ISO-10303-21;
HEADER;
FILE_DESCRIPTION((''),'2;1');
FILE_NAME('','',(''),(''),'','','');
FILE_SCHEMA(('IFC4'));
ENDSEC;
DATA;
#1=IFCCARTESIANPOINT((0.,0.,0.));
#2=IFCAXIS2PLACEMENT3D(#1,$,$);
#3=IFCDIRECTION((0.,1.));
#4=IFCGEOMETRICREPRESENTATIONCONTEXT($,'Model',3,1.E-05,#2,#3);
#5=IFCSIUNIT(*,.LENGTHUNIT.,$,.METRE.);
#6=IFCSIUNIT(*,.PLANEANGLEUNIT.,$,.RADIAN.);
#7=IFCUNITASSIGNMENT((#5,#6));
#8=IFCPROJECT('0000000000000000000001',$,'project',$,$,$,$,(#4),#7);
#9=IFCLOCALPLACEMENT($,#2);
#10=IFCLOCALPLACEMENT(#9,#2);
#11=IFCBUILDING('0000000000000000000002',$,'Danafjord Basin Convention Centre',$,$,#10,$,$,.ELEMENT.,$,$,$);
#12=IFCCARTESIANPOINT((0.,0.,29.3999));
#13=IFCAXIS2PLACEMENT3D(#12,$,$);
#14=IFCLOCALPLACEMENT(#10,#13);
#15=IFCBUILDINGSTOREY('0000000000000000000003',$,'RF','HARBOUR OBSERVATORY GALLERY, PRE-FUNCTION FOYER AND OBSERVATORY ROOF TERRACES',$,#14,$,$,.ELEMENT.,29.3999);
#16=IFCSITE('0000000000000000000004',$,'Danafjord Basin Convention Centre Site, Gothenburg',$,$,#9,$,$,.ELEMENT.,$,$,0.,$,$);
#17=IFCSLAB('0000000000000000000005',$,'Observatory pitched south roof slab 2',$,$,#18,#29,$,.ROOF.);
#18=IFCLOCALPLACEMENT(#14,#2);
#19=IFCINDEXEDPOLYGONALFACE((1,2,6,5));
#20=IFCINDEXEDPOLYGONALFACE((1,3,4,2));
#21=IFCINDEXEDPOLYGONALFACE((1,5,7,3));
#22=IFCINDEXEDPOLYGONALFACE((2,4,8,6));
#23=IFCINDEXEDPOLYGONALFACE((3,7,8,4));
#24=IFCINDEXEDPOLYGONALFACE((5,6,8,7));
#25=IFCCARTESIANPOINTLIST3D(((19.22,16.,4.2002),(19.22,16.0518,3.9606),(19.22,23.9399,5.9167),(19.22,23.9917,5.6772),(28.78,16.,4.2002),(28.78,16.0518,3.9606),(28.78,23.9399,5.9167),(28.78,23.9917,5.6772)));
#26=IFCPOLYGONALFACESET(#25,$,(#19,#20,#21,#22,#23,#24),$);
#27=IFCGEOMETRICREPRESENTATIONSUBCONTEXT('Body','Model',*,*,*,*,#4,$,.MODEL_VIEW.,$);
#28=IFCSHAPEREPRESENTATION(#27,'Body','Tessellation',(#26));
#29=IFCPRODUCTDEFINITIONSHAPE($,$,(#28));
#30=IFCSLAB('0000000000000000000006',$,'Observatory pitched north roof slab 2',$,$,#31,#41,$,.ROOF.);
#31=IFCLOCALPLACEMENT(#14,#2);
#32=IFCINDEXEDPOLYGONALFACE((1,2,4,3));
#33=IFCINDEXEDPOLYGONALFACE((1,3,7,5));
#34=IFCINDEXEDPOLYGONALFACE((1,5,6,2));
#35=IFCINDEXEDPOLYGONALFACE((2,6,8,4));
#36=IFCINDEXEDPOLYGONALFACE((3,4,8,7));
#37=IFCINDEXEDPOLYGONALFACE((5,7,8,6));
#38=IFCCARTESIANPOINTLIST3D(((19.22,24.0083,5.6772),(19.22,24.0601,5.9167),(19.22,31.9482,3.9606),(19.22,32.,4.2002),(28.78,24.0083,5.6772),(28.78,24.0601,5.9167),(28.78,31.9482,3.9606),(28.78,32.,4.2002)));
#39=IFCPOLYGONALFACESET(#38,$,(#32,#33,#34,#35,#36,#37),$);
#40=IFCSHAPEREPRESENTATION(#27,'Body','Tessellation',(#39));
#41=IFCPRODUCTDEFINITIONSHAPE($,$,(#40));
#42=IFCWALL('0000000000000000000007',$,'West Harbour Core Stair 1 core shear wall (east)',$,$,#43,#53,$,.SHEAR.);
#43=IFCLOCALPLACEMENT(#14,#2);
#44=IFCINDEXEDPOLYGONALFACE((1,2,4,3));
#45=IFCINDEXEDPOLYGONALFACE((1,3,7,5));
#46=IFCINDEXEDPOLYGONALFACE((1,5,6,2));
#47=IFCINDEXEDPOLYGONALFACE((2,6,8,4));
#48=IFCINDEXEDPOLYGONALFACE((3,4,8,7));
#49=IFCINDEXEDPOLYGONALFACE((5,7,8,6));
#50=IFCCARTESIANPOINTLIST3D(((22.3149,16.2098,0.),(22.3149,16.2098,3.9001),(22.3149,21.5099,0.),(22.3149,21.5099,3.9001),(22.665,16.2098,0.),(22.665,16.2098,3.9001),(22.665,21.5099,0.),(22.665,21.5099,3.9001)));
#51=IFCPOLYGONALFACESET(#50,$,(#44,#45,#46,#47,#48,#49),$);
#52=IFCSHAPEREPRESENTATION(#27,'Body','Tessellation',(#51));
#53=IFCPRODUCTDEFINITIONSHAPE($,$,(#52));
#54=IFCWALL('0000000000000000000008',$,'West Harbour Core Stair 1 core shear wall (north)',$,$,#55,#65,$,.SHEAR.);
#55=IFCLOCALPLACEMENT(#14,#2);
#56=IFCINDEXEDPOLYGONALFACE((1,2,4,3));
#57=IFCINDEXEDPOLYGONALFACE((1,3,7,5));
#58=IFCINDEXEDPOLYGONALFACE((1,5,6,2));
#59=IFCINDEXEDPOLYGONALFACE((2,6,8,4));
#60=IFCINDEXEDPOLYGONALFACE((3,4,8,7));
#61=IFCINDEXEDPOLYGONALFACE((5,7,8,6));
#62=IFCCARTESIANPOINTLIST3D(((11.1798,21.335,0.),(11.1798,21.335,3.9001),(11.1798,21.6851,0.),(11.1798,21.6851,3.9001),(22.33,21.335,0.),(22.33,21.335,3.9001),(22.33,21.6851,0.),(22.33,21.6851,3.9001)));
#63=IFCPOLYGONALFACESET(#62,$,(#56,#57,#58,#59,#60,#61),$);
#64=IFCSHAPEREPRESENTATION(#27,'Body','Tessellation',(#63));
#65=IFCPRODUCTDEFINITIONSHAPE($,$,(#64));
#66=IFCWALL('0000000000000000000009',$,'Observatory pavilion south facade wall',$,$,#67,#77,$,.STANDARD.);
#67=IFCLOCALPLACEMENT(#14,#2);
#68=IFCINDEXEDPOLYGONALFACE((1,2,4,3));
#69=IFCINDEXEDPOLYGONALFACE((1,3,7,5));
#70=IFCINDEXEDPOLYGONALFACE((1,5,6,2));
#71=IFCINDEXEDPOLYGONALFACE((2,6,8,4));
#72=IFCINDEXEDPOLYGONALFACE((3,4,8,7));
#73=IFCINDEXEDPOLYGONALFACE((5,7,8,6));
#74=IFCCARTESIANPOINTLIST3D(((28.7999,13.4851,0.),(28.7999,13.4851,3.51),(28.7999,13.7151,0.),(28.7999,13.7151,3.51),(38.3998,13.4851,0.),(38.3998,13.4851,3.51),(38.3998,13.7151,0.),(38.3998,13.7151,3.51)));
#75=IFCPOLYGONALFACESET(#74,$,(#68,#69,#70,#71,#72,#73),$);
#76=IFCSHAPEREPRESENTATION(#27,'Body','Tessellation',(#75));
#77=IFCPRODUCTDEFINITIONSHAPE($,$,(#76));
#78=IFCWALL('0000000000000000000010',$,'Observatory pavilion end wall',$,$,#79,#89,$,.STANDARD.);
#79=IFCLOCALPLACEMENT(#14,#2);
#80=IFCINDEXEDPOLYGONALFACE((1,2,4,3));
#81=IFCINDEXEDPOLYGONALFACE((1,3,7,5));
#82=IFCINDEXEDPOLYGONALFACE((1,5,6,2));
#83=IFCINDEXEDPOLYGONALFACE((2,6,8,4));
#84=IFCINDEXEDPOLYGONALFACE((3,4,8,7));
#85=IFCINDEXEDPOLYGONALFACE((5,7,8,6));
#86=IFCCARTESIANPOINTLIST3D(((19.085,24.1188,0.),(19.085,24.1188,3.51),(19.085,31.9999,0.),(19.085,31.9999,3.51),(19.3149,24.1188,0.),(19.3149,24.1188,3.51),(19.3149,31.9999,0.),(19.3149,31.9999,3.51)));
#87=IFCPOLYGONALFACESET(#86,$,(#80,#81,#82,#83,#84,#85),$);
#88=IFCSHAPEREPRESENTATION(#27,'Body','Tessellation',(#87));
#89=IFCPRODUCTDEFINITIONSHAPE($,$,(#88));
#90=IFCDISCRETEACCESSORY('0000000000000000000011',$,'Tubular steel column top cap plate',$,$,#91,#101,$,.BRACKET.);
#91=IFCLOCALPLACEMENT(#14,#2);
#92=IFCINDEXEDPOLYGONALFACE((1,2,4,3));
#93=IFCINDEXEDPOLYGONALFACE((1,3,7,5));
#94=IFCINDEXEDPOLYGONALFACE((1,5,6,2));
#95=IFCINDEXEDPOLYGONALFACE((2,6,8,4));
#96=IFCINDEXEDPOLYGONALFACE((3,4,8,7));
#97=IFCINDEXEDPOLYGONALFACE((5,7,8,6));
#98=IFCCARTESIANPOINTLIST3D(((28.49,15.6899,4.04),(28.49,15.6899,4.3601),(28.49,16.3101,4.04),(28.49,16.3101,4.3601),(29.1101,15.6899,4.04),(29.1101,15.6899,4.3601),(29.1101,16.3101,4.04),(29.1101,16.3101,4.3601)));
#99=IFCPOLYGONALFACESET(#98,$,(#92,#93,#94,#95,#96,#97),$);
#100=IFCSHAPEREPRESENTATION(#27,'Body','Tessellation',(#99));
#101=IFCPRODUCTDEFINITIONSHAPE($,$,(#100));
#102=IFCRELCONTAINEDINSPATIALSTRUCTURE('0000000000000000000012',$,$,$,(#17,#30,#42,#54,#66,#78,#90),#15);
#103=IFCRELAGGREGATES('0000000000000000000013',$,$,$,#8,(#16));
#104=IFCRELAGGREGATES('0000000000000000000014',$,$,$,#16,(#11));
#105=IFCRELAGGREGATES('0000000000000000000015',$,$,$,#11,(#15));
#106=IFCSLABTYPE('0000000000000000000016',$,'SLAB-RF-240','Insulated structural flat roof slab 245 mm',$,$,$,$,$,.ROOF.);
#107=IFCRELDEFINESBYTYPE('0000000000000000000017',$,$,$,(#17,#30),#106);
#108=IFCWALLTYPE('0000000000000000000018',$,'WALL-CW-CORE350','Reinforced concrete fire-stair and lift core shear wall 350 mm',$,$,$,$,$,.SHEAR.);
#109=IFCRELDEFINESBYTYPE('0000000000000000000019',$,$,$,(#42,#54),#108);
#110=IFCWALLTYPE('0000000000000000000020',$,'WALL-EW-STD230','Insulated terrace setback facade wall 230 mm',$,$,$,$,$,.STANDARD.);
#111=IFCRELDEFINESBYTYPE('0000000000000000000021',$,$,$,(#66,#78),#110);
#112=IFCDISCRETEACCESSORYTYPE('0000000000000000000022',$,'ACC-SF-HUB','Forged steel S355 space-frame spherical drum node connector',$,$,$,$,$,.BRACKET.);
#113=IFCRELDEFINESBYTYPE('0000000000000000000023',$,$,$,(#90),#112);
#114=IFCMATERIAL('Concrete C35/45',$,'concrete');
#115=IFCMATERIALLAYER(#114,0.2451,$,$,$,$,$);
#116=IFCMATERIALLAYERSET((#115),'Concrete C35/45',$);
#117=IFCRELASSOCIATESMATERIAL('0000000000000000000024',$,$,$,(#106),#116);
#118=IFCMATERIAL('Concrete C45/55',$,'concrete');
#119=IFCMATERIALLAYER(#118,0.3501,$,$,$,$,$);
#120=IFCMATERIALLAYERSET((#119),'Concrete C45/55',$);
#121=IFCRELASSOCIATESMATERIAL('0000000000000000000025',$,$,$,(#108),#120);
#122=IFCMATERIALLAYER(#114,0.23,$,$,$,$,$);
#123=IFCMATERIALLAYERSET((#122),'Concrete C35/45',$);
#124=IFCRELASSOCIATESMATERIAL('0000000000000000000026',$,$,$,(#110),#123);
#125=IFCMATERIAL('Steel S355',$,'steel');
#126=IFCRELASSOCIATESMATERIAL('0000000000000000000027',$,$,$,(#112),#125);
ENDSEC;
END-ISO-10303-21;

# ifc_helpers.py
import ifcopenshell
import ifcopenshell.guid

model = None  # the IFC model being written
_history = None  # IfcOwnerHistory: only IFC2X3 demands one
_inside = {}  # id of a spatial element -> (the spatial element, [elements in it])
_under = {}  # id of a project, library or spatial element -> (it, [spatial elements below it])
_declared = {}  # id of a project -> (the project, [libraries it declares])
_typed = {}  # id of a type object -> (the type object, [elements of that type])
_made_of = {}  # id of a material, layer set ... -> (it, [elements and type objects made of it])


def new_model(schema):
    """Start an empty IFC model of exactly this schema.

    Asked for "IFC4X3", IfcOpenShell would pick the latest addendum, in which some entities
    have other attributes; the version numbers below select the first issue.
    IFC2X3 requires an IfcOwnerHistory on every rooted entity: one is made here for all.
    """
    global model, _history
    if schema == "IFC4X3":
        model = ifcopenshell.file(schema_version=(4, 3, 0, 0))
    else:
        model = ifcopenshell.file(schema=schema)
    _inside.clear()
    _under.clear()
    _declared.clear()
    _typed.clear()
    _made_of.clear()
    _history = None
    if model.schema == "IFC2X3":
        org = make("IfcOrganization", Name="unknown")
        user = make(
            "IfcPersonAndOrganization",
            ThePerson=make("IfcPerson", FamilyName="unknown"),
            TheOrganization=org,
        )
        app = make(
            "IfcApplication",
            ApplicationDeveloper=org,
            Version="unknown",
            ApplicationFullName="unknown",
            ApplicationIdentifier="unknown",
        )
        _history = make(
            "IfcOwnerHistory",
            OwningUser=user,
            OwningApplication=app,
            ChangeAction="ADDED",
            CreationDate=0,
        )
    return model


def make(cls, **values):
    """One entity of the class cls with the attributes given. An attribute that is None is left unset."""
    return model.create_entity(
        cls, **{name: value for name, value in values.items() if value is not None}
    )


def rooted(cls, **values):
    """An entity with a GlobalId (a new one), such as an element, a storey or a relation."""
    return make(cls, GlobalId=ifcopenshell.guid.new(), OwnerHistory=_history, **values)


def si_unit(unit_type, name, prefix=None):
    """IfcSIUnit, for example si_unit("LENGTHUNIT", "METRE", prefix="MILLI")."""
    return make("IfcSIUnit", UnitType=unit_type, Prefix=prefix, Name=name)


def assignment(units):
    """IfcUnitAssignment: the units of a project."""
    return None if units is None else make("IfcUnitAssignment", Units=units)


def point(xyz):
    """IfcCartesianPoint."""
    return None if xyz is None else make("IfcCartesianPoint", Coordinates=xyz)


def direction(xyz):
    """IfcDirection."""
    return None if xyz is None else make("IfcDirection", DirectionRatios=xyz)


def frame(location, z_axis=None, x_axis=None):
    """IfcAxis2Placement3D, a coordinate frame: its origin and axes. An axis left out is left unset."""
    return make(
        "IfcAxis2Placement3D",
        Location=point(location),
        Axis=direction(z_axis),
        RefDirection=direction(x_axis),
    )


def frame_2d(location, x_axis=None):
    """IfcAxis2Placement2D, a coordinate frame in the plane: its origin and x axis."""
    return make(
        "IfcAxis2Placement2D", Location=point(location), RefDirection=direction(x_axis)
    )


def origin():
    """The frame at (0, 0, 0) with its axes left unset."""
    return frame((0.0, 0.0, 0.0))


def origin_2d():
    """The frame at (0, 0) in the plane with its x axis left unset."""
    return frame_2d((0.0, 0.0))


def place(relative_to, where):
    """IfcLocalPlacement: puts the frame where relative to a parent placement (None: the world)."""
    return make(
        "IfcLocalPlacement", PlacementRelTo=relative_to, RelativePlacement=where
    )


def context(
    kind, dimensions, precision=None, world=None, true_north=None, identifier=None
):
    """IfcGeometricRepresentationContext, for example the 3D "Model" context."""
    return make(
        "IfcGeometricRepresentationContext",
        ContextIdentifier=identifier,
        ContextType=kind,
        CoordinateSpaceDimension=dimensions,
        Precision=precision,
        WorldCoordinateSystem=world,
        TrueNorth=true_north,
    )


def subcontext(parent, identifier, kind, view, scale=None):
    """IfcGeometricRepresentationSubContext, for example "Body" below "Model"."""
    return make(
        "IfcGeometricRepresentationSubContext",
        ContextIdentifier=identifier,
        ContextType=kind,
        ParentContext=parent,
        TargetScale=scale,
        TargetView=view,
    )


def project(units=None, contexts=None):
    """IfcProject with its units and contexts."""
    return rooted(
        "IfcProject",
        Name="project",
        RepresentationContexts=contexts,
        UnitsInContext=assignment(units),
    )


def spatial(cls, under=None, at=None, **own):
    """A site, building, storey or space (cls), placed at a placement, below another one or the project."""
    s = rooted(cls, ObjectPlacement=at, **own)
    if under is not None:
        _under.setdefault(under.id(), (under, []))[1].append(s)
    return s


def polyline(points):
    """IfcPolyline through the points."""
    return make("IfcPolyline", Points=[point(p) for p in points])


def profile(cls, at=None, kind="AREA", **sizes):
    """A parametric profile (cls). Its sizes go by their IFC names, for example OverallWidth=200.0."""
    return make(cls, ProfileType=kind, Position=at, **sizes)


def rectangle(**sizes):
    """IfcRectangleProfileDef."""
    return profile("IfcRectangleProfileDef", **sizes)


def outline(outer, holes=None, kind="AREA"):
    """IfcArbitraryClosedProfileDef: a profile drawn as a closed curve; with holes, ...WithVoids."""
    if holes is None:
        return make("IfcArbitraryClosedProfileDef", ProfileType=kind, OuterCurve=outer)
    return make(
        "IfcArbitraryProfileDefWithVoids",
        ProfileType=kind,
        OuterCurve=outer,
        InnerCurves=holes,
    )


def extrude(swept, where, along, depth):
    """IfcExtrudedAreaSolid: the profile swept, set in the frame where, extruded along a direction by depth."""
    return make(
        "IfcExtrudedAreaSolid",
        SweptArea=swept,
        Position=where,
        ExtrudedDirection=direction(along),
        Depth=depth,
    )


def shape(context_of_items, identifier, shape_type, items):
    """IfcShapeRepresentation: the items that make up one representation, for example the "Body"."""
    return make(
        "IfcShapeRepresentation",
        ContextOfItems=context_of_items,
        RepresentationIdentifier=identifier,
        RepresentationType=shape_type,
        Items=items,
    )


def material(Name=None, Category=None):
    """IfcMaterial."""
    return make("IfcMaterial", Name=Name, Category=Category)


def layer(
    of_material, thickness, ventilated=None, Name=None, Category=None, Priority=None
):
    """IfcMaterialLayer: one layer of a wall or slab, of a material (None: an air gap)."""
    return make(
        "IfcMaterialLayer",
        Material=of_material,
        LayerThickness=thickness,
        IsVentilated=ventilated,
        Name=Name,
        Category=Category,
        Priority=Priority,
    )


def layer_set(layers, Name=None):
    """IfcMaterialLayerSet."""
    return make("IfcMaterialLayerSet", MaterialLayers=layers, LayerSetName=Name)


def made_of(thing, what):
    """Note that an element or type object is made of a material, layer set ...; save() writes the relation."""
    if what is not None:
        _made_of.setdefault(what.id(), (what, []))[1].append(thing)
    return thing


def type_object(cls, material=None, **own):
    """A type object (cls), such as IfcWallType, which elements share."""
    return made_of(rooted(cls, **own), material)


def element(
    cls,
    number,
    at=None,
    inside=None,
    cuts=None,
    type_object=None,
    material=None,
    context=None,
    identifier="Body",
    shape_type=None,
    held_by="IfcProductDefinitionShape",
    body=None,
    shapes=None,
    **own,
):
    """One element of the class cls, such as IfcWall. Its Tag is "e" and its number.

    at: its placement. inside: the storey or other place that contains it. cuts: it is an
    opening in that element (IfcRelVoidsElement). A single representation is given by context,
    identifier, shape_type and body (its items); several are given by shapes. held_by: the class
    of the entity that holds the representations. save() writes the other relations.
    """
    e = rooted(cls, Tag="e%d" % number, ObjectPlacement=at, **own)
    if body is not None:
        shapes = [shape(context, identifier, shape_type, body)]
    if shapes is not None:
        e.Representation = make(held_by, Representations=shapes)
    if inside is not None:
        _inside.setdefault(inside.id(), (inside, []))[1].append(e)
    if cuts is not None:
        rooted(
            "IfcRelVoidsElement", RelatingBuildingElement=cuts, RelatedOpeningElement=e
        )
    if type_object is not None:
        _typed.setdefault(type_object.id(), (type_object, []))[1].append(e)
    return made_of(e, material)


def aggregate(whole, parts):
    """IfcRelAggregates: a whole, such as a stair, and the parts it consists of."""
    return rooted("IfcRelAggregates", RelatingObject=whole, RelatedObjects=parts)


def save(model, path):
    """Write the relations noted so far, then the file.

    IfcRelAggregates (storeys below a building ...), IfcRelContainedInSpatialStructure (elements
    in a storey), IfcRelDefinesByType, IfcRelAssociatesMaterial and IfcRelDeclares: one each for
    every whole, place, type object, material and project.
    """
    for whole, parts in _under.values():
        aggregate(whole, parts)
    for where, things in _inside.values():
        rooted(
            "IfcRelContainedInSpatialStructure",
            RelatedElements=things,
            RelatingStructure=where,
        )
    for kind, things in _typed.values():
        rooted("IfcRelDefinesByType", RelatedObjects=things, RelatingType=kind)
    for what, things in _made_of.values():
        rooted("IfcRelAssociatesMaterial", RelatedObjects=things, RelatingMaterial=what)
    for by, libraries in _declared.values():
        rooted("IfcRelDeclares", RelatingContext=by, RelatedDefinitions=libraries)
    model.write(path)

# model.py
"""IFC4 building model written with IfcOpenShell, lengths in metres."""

from ifc_helpers import new_model, si_unit, direction, frame, frame_2d, origin, origin_2d, place, context, subcontext, project, spatial, polyline, rectangle, outline, extrude, material, layer, layer_set, type_object, element, save


model = new_model("IFC4")

# Units and contexts
model_context = context("Model", 3, precision=1e-05, world=origin(), true_north=direction((0.0, 1.0)))
body_context = subcontext(model_context, "Body", "Model", "MODEL_VIEW")
ifc_project = project(units=[si_unit("LENGTHUNIT", "METRE"), si_unit("PLANEANGLEUNIT", "RADIAN")], contexts=[model_context])

# Site, building, storey
site_placement = place(None, origin())
site = spatial("IfcSite", under=ifc_project, at=site_placement, Name="Danafjord Basin Convention Centre Site, Gothenburg", CompositionType="ELEMENT", RefElevation=0.0)
building_placement = place(site_placement, origin())
building = spatial("IfcBuilding", under=site, at=building_placement, Name="Danafjord Basin Convention Centre", CompositionType="ELEMENT")
storey_placement = place(building_placement, frame((0.0, 0.0, 29.3999)))
storey = spatial("IfcBuildingStorey", under=building, at=storey_placement, Name="RF", Description="HARBOUR OBSERVATORY GALLERY, PRE-FUNCTION FOYER AND OBSERVATORY ROOF TERRACES", CompositionType="ELEMENT", Elevation=29.3999)

# Shared definitions
ifc_material_1 = material(Name="Steel S355", Category="steel")

# Slabs
ifc_material_2 = material(Name="Concrete C35/45", Category="concrete")
ifc_layer_1 = layer(ifc_material_2, 0.2451)
ifc_layer_set_1 = layer_set([ifc_layer_1], Name="Concrete C35/45")
slab_type = type_object("IfcSlabType", Name="SLAB-RF-240", Description="Insulated structural flat roof slab 245 mm", PredefinedType="ROOF", material=ifc_layer_set_1)
for number, where, z_axis, x_axis, name in (
    (1, (19.22, 16.0, 4.2002), (0.0, -0.21131, 0.977419), (1.0, 0.0, 0.0), "Observatory pitched south roof slab 2"),
    (2, (19.22, 24.0601, 5.9167), (0.0, 0.21131, 0.977419), (1.0, 0.0, 0.0), "Observatory pitched north roof slab 2"),
):
    element("IfcSlab", number, at=place(storey_placement, frame(where, z_axis=z_axis, x_axis=x_axis)), inside=storey, type_object=slab_type, Name=name, PredefinedType="ROOF", context=body_context, shape_type="SweptSolid", body=[
        extrude(outline(polyline([(0.0, 0.0), (9.5601, 0.0), (9.5601, 8.1234), (0.0, 8.1234), (0.0, 0.0)])), origin(), (0.0, 0.0, -1.0), 0.2451),
    ])

# Walls
ifc_material_3 = material(Name="Concrete C45/55", Category="concrete")
ifc_layer_2 = layer(ifc_material_3, 0.3501)
ifc_layer_set_2 = layer_set([ifc_layer_2], Name="Concrete C45/55")
wall_type_1 = type_object("IfcWallType", Name="WALL-CW-CORE350", Description="Reinforced concrete fire-stair and lift core shear wall 350 mm", PredefinedType="SHEAR", material=ifc_layer_set_2)
wall_1_placement = place(storey_placement, frame((22.49, 16.21, 0.0), z_axis=(0.0, 0.0, 1.0), x_axis=(0.0, 1.0, 0.0)))
element("IfcWall", 3, at=wall_1_placement, inside=storey, type_object=wall_type_1, Name="West Harbour Core Stair 1 core shear wall (east)", PredefinedType="SHEAR", context=body_context, shape_type="SweptSolid", body=[
    extrude(rectangle(XDim=5.3, YDim=0.3501, at=frame_2d((2.6499, 0.0))), origin(), (0.0, 0.0, 1.0), 3.9001),
])
wall_2_placement = place(storey_placement, frame((22.3301, 21.51, 0.0), z_axis=(0.0, 0.0, 1.0), x_axis=(-1.0, 0.0, 0.0)))
element("IfcWall", 4, at=wall_2_placement, inside=storey, type_object=wall_type_1, Name="West Harbour Core Stair 1 core shear wall (north)", PredefinedType="SHEAR", context=body_context, shape_type="SweptSolid", body=[
    extrude(rectangle(XDim=11.1501, YDim=0.3501, at=frame_2d((5.5752, 0.0))), origin(), (0.0, 0.0, 1.0), 3.9001),
])
ifc_layer_3 = layer(ifc_material_2, 0.23)
ifc_layer_set_3 = layer_set([ifc_layer_3], Name="Concrete C35/45")
wall_type_2 = type_object("IfcWallType", Name="WALL-EW-STD230", Description="Insulated terrace setback facade wall 230 mm", PredefinedType="STANDARD", material=ifc_layer_set_3)
wall_3_placement = place(storey_placement, frame((28.8, 13.6001, 0.0), z_axis=(0.0, 0.0, 1.0), x_axis=(1.0, 0.0, 0.0)))
element("IfcWall", 5, at=wall_3_placement, inside=storey, type_object=wall_type_2, Name="Observatory pavilion south facade wall", PredefinedType="STANDARD", context=body_context, shape_type="SweptSolid", body=[
    extrude(rectangle(XDim=9.5999, YDim=0.23, at=frame_2d((4.7998, 0.0))), origin(), (0.0, 0.0, 1.0), 3.51),
])
wall_4_placement = place(storey_placement, frame((19.2, 24.1189, 0.0), z_axis=(0.0, 0.0, 1.0), x_axis=(0.0, 1.0, 0.0)))
element("IfcWall", 6, at=wall_4_placement, inside=storey, type_object=wall_type_2, Name="Observatory pavilion end wall", PredefinedType="STANDARD", context=body_context, shape_type="SweptSolid", body=[
    extrude(rectangle(XDim=7.8811, YDim=0.23, at=frame_2d((3.9404, 0.0))), origin(), (0.0, 0.0, 1.0), 3.51),
])

# Discrete accessory
discrete_accessory_type = type_object("IfcDiscreteAccessoryType", Name="ACC-SF-HUB", Description="Forged steel S355 space-frame spherical drum node connector", PredefinedType="BRACKET", material=ifc_material_1)
discrete_accessory_placement = place(storey_placement, frame((28.8, 16.0, 4.04), z_axis=(0.0, 0.0, 1.0), x_axis=(1.0, 0.0, 0.0)))
element("IfcDiscreteAccessory", 7, at=discrete_accessory_placement, inside=storey, type_object=discrete_accessory_type, Name="Tubular steel column top cap plate", PredefinedType="BRACKET", context=body_context, shape_type="SweptSolid", body=[
    extrude(rectangle(XDim=0.6201, YDim=0.6201, at=origin_2d()), origin(), (0.0, 0.0, 1.0), 0.3201),
])

save(model, "model.ifc")
